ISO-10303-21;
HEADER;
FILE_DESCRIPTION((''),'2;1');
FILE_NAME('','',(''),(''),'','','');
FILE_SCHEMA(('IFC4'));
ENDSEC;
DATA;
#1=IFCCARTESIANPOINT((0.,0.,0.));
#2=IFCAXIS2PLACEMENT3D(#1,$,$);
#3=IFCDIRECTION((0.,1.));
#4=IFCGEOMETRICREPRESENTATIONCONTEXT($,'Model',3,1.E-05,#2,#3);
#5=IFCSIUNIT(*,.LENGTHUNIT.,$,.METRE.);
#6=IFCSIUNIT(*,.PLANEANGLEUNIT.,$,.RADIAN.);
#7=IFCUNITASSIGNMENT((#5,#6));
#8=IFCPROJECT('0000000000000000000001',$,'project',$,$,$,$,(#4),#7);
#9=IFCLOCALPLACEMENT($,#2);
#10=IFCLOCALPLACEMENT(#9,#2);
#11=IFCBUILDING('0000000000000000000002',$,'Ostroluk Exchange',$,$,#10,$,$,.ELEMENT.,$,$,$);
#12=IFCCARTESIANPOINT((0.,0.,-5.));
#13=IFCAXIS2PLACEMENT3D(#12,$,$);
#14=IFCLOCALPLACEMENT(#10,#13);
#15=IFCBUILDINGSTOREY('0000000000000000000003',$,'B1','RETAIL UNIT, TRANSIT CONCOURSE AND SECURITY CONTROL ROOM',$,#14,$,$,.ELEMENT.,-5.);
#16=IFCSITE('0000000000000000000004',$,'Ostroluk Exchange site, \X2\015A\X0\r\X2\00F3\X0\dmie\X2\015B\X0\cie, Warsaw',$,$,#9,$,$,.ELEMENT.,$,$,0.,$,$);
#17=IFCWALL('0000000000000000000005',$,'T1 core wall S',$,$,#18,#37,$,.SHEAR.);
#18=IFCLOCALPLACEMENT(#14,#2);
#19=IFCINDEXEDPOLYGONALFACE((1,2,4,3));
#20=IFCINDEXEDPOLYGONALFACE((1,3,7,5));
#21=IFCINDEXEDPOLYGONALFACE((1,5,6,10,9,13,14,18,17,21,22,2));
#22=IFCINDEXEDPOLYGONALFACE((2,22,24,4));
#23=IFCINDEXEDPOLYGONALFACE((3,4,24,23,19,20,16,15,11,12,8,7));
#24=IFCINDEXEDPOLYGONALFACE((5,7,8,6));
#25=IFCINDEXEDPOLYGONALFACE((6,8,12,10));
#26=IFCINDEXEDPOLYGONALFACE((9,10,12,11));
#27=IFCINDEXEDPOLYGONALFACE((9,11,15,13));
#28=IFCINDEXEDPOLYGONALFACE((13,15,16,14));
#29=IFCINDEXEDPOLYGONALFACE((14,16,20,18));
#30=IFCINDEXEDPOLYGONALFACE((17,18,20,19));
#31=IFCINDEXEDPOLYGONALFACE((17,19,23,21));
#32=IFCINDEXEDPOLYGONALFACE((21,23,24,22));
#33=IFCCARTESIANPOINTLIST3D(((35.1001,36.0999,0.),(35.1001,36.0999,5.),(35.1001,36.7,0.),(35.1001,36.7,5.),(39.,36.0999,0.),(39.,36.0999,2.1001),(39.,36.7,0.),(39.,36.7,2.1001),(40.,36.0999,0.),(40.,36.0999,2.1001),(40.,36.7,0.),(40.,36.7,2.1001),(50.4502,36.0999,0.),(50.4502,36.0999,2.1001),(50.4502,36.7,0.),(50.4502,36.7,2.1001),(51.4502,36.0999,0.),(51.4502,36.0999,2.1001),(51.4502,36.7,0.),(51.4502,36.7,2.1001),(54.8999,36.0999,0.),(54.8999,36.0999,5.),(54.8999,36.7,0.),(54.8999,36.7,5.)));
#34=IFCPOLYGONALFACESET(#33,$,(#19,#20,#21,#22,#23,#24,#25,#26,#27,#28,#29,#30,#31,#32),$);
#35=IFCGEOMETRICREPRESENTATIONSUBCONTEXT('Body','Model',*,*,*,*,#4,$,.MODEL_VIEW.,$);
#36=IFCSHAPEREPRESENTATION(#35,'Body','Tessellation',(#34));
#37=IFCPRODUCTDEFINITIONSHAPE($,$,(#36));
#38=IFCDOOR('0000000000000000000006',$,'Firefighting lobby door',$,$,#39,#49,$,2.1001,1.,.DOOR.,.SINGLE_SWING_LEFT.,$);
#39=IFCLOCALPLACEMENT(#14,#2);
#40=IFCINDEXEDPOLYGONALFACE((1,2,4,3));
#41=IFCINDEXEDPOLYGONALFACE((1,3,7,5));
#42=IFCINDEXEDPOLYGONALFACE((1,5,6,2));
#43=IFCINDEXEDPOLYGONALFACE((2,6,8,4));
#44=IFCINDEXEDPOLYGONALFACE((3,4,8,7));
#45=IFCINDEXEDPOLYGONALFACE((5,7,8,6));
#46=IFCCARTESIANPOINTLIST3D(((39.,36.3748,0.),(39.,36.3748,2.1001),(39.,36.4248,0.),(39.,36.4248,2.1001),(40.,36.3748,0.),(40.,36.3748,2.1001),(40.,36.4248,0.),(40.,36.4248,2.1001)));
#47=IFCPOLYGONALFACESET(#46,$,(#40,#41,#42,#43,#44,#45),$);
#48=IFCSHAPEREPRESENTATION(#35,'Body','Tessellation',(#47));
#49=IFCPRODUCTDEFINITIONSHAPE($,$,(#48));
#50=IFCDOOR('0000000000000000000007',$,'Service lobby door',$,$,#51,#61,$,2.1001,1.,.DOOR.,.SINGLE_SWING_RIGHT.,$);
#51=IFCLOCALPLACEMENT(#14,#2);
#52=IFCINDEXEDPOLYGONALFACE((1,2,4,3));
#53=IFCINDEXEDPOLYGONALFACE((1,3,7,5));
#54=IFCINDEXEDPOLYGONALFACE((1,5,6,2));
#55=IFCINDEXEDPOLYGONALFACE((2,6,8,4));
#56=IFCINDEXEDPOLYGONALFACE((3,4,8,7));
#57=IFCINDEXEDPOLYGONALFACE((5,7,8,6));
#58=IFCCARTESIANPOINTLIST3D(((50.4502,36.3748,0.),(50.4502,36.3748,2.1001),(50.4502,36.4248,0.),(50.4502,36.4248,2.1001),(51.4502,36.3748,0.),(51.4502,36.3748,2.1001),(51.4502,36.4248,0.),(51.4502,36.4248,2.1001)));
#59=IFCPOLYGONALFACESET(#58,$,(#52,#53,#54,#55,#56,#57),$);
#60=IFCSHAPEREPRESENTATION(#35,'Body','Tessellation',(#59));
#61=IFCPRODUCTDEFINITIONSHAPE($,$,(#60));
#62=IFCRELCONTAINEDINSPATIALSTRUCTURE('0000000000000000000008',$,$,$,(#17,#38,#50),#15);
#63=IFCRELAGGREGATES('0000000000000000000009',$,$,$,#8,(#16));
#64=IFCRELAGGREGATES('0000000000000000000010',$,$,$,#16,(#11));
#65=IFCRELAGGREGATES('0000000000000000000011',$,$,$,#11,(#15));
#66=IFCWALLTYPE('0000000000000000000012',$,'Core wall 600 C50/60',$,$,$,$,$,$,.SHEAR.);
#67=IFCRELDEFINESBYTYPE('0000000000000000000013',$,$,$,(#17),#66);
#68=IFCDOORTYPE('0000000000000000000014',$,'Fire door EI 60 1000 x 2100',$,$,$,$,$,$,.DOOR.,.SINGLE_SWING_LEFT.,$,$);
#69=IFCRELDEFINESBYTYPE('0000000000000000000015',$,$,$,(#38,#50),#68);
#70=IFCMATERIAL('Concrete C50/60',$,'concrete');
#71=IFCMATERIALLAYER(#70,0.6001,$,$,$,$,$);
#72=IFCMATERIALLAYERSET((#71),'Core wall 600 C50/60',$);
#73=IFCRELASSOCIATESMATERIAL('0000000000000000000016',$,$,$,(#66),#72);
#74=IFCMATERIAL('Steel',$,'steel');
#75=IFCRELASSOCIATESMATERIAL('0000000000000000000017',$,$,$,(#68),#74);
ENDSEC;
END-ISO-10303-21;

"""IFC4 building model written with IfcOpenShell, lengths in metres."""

from ifc_helpers import new_model, si_unit, direction, frame, frame_2d, origin, place, context, subcontext, project, spatial, rectangle, extrude, material, layer, layer_set, type_object, element, fill, save


model = new_model("IFC4")

# Units and contexts
model_context = context("Model", 3, precision=1e-05, world=origin(), true_north=direction((0.0, 1.0)))
body_context = subcontext(model_context, "Body", "Model", "MODEL_VIEW")
ifc_project = project(units=[si_unit("LENGTHUNIT", "METRE"), si_unit("PLANEANGLEUNIT", "RADIAN")], contexts=[model_context])

# Site, building, storey
site_placement = place(None, origin())
site = spatial("IfcSite", under=ifc_project, at=site_placement, Name="Ostroluk Exchange site, Śródmieście, Warsaw", CompositionType="ELEMENT", RefElevation=0.0)
building_placement = place(site_placement, origin())
building = spatial("IfcBuilding", under=site, at=building_placement, Name="Ostroluk Exchange", CompositionType="ELEMENT")
storey_placement = place(building_placement, frame((0.0, 0.0, -5.0)))
storey = spatial("IfcBuildingStorey", under=building, at=storey_placement, Name="B1", Description="RETAIL UNIT, TRANSIT CONCOURSE AND SECURITY CONTROL ROOM", CompositionType="ELEMENT", Elevation=-5.0)

# Wall, openings, doors
ifc_material_1 = material(Name="Concrete C50/60", Category="concrete")
ifc_layer_1 = layer(ifc_material_1, 0.6001)
ifc_layer_set_1 = layer_set([ifc_layer_1], Name="Core wall 600 C50/60")
wall_type_1 = type_object("IfcWallType", Name="Core wall 600 C50/60", PredefinedType="SHEAR", material=ifc_layer_set_1)
wall_placement = place(storey_placement, frame((35.1001, 36.3999, 0.0), z_axis=(0.0, 0.0, 1.0), x_axis=(1.0, 0.0, 0.0)))
wall = element("IfcWall", 1, at=wall_placement, inside=storey, type_object=wall_type_1, Name="T1 core wall S", PredefinedType="SHEAR", context=body_context, shape_type="SweptSolid", body=[
    extrude(rectangle(XDim=19.7998, YDim=0.6001, at=frame_2d((9.8999, 0.0))), origin(), (0.0, 0.0, 1.0), 5.0),
])
opening_1_placement = place(wall_placement, frame((3.8999, 0.0, 0.0)))
opening_1 = element("IfcOpeningElement", 2, at=opening_1_placement, cuts=wall, PredefinedType="OPENING", context=body_context, shape_type="SweptSolid", body=[
    extrude(rectangle(XDim=1.0, YDim=2.1001, at=frame_2d((0.5, 1.05))), frame((0.0, 0.3101, 0.0), z_axis=(0.0, -1.0, 0.0), x_axis=(1.0, 0.0, 0.0)), (0.0, 0.0, 1.0), 0.6201),
])
opening_2_placement = place(wall_placement, frame((15.3501, 0.0, 0.0)))
opening_2 = element("IfcOpeningElement", 3, at=opening_2_placement, cuts=wall, PredefinedType="OPENING", context=body_context, shape_type="SweptSolid", body=[
    extrude(rectangle(XDim=1.0, YDim=2.1001, at=frame_2d((0.5, 1.05))), frame((0.0, 0.3101, 0.0), z_axis=(0.0, -1.0, 0.0), x_axis=(1.0, 0.0, 0.0)), (0.0, 0.0, 1.0), 0.6201),
])
ifc_material_2 = material(Name="Steel", Category="steel")
door_type = type_object("IfcDoorType", Name="Fire door EI 60 1000 x 2100", OperationType="SINGLE_SWING_LEFT", PredefinedType="DOOR", material=ifc_material_2)
door_1_placement = place(opening_1_placement, origin())
door_1 = element("IfcDoor", 4, at=door_1_placement, inside=storey, type_object=door_type, Name="Firefighting lobby door", OperationType="SINGLE_SWING_LEFT", OverallHeight=2.1001, OverallWidth=1.0, PredefinedType="DOOR", context=body_context, shape_type="SweptSolid", body=[
    extrude(rectangle(XDim=1.0, YDim=2.1001, at=frame_2d((0.5, 1.05))), frame((0.0, 0.0249, 0.0), z_axis=(0.0, -1.0, 0.0), x_axis=(1.0, 0.0, 0.0)), (0.0, 0.0, 1.0), 0.05),
])
fill(opening_1, door_1)
door_2_placement = place(opening_2_placement, origin())
door_2 = element("IfcDoor", 5, at=door_2_placement, inside=storey, type_object=door_type, Name="Service lobby door", OperationType="SINGLE_SWING_RIGHT", OverallHeight=2.1001, OverallWidth=1.0, PredefinedType="DOOR", context=body_context, shape_type="SweptSolid", body=[
    extrude(rectangle(XDim=1.0, YDim=2.1001, at=frame_2d((0.5, 1.05))), frame((0.0, 0.0249, 0.0), z_axis=(0.0, -1.0, 0.0), x_axis=(1.0, 0.0, 0.0)), (0.0, 0.0, 1.0), 0.05),
])
fill(opening_2, door_2)

save(model, "model.ifc")
